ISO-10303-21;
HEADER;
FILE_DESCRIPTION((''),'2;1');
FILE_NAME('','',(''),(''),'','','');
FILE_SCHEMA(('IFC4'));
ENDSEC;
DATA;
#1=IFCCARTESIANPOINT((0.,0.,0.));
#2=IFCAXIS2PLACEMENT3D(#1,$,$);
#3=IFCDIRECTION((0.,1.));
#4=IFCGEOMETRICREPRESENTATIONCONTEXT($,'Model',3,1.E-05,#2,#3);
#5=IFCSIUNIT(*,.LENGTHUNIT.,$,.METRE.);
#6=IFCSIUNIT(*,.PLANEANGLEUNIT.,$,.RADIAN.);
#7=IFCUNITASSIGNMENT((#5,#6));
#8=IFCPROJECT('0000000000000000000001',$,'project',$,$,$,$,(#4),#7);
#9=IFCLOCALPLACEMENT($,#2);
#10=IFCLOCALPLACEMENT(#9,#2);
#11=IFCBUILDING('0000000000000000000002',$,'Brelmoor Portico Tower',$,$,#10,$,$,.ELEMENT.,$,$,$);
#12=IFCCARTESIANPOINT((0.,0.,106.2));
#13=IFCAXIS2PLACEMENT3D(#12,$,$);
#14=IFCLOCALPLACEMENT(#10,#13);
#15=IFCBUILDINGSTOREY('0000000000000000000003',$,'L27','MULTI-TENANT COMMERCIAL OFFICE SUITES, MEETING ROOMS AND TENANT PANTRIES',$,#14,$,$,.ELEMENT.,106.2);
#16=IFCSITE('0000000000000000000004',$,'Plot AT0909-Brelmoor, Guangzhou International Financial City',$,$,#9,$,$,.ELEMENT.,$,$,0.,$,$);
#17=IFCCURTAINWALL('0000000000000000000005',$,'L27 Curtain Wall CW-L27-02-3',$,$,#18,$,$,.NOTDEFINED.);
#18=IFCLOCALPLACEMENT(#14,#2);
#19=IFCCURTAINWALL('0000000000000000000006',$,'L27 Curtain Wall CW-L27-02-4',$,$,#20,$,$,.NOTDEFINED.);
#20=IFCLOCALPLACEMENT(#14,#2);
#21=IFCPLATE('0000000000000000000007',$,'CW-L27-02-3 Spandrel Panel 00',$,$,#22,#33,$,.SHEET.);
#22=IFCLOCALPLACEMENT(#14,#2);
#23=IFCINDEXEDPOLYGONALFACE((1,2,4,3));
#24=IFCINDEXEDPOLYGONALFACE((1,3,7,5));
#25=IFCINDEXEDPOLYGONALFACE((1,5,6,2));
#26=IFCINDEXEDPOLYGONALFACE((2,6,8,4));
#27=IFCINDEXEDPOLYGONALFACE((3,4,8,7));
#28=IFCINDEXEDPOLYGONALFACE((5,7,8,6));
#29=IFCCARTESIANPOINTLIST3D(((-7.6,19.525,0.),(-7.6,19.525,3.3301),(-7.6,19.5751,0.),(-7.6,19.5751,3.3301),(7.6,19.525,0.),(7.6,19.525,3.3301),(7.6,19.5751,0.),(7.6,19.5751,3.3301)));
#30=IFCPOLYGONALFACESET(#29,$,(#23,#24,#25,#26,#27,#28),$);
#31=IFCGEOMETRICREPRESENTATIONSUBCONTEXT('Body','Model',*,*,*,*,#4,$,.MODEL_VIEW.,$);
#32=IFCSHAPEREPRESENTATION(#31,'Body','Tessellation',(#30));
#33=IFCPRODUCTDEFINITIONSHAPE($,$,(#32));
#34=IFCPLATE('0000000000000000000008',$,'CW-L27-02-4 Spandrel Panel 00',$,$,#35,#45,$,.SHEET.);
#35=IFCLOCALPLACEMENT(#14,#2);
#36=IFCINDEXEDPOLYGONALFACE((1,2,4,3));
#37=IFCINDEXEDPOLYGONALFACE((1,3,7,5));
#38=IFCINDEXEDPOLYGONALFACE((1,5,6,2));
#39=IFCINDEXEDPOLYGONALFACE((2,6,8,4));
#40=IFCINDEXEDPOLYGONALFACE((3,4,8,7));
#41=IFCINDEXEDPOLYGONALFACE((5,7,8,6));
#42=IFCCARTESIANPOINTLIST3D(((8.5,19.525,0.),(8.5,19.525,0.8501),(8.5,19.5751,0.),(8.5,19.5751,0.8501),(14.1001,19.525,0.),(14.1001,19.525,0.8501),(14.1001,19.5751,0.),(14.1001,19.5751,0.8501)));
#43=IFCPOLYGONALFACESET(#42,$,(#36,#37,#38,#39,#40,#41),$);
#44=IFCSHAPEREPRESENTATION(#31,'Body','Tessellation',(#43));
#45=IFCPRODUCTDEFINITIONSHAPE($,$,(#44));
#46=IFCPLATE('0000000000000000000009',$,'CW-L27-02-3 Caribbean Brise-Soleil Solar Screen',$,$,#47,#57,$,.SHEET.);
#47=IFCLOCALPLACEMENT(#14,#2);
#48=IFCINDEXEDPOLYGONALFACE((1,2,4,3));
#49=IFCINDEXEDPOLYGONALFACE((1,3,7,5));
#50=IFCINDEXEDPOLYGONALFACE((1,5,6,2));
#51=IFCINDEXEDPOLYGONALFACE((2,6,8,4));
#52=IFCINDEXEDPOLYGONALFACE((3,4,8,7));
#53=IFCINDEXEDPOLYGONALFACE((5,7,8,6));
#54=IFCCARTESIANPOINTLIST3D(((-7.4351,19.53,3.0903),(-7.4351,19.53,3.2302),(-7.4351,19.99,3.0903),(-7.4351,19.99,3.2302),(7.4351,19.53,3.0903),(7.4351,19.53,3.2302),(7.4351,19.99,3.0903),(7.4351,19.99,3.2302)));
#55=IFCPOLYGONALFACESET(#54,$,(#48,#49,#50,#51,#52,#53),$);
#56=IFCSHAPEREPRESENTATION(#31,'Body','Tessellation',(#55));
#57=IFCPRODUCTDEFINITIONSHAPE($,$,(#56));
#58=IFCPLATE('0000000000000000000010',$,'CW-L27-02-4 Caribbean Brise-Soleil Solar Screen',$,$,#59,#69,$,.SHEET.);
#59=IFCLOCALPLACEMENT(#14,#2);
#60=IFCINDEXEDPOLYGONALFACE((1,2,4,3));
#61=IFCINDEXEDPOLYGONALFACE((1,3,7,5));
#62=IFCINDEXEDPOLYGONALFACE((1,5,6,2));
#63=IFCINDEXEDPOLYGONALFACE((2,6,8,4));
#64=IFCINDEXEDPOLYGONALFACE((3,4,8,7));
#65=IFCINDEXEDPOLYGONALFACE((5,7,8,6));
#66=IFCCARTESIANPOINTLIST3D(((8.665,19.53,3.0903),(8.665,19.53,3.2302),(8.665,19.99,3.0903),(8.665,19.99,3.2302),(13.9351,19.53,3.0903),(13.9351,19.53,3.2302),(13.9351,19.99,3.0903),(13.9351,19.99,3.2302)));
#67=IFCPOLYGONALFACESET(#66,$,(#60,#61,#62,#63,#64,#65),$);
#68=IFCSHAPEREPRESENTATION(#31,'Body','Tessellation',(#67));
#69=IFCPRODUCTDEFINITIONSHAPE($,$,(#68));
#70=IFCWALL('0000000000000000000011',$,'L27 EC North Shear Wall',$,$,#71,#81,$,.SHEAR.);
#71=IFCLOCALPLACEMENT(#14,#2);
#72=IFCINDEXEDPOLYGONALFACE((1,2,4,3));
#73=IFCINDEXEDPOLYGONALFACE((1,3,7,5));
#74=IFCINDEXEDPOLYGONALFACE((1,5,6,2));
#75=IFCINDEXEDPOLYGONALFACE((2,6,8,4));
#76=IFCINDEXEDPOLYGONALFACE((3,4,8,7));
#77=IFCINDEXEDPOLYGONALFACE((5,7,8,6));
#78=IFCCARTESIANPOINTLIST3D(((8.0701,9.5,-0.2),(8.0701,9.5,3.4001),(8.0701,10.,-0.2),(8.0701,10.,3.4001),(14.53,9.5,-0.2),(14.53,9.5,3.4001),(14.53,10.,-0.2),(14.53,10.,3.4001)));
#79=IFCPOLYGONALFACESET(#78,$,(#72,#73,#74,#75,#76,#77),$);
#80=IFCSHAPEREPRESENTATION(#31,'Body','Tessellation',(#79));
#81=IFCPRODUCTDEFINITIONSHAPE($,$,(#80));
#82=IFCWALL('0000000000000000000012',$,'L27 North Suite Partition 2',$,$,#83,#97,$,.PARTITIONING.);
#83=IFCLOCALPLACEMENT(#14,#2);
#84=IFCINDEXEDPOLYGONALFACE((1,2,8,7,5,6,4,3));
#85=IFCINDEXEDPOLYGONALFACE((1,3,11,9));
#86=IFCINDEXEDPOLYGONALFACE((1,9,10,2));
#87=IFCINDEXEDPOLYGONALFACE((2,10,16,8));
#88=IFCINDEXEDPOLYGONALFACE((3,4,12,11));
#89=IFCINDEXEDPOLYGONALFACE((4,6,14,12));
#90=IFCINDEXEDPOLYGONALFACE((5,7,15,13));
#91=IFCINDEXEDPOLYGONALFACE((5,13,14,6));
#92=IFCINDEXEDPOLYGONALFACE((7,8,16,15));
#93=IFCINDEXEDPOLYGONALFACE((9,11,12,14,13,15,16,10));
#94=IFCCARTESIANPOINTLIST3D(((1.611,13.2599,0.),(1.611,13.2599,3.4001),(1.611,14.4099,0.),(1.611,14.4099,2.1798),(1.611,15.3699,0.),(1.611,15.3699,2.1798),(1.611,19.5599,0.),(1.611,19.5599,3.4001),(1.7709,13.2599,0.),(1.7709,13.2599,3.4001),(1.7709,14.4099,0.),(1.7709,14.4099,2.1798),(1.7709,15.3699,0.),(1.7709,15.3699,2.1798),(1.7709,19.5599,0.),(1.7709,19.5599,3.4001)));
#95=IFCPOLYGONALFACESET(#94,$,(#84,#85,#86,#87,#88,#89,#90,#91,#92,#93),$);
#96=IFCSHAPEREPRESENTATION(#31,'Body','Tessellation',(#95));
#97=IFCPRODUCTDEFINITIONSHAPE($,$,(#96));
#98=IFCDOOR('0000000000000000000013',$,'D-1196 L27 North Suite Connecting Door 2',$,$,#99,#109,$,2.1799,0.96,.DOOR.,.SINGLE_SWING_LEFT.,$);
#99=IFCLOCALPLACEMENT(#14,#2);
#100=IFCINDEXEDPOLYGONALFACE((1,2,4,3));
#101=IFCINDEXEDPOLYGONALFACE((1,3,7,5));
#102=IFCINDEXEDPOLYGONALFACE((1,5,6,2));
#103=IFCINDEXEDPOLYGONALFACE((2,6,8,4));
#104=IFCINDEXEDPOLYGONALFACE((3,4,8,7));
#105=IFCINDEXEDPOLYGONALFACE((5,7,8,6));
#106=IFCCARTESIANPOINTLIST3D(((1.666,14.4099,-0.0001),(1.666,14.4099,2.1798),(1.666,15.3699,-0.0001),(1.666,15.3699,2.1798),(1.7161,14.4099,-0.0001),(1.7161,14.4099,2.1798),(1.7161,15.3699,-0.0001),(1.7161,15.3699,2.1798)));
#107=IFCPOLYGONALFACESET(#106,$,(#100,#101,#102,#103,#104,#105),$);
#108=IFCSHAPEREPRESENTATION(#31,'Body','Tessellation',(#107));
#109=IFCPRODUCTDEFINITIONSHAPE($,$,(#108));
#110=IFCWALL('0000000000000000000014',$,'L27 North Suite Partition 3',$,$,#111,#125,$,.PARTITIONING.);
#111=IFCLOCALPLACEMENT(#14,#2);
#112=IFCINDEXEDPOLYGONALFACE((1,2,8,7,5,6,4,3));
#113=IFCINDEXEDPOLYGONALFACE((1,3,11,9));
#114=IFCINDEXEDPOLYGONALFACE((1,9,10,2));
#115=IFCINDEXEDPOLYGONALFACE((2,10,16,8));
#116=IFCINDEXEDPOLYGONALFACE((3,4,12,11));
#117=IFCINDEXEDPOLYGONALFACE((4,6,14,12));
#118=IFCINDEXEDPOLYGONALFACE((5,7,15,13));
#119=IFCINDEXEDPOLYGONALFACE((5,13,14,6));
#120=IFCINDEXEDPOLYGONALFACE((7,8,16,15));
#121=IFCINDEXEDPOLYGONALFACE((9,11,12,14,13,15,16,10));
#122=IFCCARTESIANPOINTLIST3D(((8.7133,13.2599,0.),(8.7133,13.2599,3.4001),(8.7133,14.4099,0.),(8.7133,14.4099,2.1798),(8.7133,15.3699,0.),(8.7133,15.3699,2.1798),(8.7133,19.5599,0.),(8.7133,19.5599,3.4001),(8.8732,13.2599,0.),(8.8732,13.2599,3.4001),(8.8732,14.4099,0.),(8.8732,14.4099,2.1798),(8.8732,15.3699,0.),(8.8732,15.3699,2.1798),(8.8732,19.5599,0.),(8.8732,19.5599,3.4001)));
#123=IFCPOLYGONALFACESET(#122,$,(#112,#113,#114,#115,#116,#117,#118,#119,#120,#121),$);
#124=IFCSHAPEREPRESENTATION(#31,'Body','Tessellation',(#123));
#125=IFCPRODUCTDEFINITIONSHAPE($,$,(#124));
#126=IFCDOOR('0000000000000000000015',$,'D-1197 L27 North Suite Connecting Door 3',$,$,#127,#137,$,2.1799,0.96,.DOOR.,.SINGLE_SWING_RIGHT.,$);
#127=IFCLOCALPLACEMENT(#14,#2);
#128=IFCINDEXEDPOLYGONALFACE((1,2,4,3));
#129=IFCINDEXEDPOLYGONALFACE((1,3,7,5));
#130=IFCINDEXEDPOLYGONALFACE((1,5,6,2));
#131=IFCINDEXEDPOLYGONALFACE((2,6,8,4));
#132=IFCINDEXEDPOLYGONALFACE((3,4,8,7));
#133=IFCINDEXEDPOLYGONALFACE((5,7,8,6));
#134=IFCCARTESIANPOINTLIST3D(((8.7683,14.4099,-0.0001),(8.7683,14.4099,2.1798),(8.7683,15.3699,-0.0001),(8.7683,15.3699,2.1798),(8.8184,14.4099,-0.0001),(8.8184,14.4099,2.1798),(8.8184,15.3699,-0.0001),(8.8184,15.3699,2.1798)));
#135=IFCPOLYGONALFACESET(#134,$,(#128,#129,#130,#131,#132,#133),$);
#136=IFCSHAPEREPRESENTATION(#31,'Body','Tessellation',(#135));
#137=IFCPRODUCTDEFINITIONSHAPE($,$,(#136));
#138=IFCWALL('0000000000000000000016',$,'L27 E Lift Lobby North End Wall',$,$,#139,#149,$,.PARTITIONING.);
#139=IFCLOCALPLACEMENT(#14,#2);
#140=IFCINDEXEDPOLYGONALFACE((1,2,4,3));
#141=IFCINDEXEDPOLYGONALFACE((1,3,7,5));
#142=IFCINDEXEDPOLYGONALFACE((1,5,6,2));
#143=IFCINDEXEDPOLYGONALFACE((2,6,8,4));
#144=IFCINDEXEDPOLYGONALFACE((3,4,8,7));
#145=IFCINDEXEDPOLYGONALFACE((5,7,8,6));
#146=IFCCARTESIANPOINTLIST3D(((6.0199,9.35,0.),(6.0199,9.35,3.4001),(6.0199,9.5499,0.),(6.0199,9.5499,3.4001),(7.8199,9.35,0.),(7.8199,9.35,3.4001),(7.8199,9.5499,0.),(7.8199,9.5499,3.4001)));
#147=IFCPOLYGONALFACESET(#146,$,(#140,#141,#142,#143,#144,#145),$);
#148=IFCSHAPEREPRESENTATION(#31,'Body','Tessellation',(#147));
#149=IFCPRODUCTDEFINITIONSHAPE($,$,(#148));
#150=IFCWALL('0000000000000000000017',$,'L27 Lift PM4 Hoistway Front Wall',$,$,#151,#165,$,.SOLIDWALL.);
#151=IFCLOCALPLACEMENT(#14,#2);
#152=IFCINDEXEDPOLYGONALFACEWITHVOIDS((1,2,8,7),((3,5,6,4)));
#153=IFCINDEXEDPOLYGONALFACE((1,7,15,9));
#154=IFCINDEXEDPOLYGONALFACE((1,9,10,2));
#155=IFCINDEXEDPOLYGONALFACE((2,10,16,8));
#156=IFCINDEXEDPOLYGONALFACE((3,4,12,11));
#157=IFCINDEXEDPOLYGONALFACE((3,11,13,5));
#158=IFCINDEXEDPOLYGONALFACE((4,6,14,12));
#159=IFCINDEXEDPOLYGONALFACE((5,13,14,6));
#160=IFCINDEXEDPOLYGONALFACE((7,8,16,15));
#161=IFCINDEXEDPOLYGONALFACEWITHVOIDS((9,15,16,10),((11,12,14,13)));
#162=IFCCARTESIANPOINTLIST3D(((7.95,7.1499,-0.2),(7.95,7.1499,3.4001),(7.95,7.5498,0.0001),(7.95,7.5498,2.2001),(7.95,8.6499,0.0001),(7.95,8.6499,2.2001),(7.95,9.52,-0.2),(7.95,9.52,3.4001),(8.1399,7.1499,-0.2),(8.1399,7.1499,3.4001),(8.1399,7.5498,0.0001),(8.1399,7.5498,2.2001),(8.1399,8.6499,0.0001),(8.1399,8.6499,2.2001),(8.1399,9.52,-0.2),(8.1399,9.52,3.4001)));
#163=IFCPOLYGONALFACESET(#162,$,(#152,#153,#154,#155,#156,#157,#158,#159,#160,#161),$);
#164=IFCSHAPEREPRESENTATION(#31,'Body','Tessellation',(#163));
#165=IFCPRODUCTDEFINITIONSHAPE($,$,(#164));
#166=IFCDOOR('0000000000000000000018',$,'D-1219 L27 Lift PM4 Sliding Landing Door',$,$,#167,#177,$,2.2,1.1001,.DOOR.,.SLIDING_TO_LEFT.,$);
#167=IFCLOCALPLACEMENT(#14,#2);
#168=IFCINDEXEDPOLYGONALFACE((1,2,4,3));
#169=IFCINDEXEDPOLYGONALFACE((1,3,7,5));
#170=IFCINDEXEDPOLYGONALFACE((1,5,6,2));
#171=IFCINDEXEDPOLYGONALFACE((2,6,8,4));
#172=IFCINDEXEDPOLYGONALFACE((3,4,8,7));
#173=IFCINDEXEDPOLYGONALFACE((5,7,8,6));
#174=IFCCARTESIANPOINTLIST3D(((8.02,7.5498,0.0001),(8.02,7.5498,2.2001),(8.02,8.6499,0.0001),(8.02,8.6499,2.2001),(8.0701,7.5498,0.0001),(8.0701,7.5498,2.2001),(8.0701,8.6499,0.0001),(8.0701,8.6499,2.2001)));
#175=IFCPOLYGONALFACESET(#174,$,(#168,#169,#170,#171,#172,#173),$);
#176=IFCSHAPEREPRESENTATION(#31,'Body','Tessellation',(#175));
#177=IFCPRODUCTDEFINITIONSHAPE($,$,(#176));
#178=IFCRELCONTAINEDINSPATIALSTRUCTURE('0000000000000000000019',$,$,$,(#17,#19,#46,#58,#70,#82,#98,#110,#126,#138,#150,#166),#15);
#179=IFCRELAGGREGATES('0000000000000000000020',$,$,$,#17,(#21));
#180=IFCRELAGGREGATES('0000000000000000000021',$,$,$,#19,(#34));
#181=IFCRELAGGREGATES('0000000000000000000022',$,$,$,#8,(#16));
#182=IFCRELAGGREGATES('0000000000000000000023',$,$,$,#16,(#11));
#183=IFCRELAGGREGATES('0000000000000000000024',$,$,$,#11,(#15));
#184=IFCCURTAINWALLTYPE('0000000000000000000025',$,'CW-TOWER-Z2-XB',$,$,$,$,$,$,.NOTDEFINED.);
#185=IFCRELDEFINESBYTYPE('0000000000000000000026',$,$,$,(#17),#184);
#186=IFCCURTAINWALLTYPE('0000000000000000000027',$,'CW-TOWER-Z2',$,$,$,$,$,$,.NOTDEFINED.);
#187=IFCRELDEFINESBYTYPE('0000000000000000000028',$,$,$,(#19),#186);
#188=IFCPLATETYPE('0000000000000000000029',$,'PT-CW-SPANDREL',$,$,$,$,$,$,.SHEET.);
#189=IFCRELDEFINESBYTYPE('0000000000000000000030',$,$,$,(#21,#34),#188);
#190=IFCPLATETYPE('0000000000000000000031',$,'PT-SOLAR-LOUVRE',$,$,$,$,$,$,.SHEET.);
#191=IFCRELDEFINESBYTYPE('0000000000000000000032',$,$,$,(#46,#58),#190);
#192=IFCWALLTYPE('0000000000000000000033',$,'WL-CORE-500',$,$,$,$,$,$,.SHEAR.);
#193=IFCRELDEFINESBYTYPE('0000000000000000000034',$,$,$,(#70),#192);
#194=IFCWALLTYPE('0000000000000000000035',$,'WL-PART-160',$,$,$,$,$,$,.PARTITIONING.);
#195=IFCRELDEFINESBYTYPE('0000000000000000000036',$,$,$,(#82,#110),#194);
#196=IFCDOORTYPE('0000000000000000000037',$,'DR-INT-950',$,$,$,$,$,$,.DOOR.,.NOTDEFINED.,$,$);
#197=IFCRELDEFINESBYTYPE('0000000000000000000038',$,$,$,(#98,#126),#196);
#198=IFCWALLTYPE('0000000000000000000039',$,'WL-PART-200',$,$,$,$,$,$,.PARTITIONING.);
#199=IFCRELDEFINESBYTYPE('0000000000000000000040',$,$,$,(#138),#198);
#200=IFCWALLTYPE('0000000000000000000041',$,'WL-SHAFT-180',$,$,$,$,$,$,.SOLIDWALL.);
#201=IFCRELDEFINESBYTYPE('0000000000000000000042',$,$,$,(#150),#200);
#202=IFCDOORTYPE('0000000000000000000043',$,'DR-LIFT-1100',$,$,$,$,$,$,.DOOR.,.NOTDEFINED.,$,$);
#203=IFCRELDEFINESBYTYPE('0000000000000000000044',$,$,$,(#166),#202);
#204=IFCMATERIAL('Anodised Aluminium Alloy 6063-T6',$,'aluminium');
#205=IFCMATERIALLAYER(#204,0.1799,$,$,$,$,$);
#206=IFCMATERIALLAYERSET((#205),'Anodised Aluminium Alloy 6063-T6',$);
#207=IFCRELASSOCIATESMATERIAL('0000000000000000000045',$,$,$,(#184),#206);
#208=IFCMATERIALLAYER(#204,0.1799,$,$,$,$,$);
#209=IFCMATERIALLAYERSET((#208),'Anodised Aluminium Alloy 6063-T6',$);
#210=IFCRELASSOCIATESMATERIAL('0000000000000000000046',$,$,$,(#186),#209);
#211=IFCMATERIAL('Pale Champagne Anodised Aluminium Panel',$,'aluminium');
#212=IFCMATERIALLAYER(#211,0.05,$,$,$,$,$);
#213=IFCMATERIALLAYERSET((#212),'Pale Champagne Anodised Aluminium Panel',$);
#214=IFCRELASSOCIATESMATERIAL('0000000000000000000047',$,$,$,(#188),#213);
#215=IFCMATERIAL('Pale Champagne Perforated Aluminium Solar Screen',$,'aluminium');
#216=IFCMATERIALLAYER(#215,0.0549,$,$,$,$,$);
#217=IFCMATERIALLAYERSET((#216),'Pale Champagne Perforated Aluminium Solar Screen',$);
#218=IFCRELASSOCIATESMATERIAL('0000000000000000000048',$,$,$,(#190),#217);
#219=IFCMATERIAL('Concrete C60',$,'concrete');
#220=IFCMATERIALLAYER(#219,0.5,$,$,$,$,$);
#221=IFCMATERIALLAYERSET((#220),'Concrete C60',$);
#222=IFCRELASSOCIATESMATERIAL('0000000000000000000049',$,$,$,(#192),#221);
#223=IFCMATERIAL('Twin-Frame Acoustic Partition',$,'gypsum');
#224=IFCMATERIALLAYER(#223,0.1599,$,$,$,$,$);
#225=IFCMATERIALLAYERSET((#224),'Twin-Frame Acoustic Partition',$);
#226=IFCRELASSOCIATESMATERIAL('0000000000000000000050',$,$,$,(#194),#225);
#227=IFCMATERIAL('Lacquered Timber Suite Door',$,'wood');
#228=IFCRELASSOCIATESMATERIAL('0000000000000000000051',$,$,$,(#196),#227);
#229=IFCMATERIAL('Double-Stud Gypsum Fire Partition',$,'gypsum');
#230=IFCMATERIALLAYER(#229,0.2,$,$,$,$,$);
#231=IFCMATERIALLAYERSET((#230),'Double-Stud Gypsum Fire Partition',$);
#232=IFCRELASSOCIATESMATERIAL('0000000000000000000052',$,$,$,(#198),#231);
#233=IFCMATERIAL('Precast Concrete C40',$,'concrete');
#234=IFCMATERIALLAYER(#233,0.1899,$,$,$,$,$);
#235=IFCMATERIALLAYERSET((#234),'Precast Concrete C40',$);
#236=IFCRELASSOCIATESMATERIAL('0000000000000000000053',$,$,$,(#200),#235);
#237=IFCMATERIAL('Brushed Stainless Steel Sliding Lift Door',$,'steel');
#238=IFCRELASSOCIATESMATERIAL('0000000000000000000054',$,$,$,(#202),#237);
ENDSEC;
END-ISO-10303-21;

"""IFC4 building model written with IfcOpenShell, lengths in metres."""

from ifc_helpers import new_model, si_unit, direction, frame, frame_2d, origin, origin_2d, place, context, subcontext, project, spatial, rectangle, extrude, material, layer, layer_set, type_object, element, fill, aggregate, save


model = new_model("IFC4")

# Units and contexts
model_context = context("Model", 3, precision=1e-05, world=origin(), true_north=direction((0.0, 1.0)))
body_context = subcontext(model_context, "Body", "Model", "MODEL_VIEW")
ifc_project = project(units=[si_unit("LENGTHUNIT", "METRE"), si_unit("PLANEANGLEUNIT", "RADIAN")], contexts=[model_context])

# Site, building, storey
site_placement = place(None, origin())
site = spatial("IfcSite", under=ifc_project, at=site_placement, Name="Plot AT0909-Brelmoor, Guangzhou International Financial City", CompositionType="ELEMENT", RefElevation=0.0)
building_placement = place(site_placement, origin())
building = spatial("IfcBuilding", under=site, at=building_placement, Name="Brelmoor Portico Tower", CompositionType="ELEMENT")
storey_placement = place(building_placement, frame((0.0, 0.0, 106.2)))
storey = spatial("IfcBuildingStorey", under=building, at=storey_placement, Name="L27", Description="MULTI-TENANT COMMERCIAL OFFICE SUITES, MEETING ROOMS AND TENANT PANTRIES", CompositionType="ELEMENT", Elevation=106.2)

# Curtain wall
ifc_material_1 = material(Name="Anodised Aluminium Alloy 6063-T6", Category="aluminium")
ifc_layer_1 = layer(ifc_material_1, 0.1799)
ifc_layer_set_1 = layer_set([ifc_layer_1], Name="Anodised Aluminium Alloy 6063-T6")
curtain_wall_type_1 = type_object("IfcCurtainWallType", Name="CW-TOWER-Z2-XB", PredefinedType="NOTDEFINED", material=ifc_layer_set_1)
curtain_wall_1_placement = place(storey_placement, origin())
curtain_wall_1 = element("IfcCurtainWall", 1, at=curtain_wall_1_placement, inside=storey, type_object=curtain_wall_type_1, Name="L27 Curtain Wall CW-L27-02-3", PredefinedType="NOTDEFINED")

# Curtain wall
ifc_layer_2 = layer(ifc_material_1, 0.1799)
ifc_layer_set_2 = layer_set([ifc_layer_2], Name="Anodised Aluminium Alloy 6063-T6")
curtain_wall_type_2 = type_object("IfcCurtainWallType", Name="CW-TOWER-Z2", PredefinedType="NOTDEFINED", material=ifc_layer_set_2)
curtain_wall_2_placement = place(storey_placement, origin())
curtain_wall_2 = element("IfcCurtainWall", 2, at=curtain_wall_2_placement, inside=storey, type_object=curtain_wall_type_2, Name="L27 Curtain Wall CW-L27-02-4", PredefinedType="NOTDEFINED")

# Plates
ifc_material_2 = material(Name="Pale Champagne Anodised Aluminium Panel", Category="aluminium")
ifc_layer_3 = layer(ifc_material_2, 0.05)
ifc_layer_set_3 = layer_set([ifc_layer_3], Name="Pale Champagne Anodised Aluminium Panel")
plate_type_1 = type_object("IfcPlateType", Name="PT-CW-SPANDREL", PredefinedType="SHEET", material=ifc_layer_set_3)
plate_1_placement = place(storey_placement, frame((0.0, 19.55, 0.0), z_axis=(0.0, 0.0, 1.0), x_axis=(1.0, 0.0, 0.0)))
plate_1 = element("IfcPlate", 3, at=plate_1_placement, type_object=plate_type_1, Name="CW-L27-02-3 Spandrel Panel 00", PredefinedType="SHEET", context=body_context, shape_type="SweptSolid", body=[
    extrude(rectangle(XDim=15.2, YDim=0.05, at=origin_2d()), origin(), (0.0, 0.0, 1.0), 3.3301),
])
aggregate(curtain_wall_1, [plate_1])
plate_2_placement = place(storey_placement, frame((11.3, 19.55, 0.0), z_axis=(0.0, 0.0, 1.0), x_axis=(1.0, 0.0, 0.0)))
plate_2 = element("IfcPlate", 4, at=plate_2_placement, type_object=plate_type_1, Name="CW-L27-02-4 Spandrel Panel 00", PredefinedType="SHEET", context=body_context, shape_type="SweptSolid", body=[
    extrude(rectangle(XDim=5.6001, YDim=0.05, at=origin_2d()), origin(), (0.0, 0.0, 1.0), 0.8501),
])
aggregate(curtain_wall_2, [plate_2])

# Plates
ifc_material_3 = material(Name="Pale Champagne Perforated Aluminium Solar Screen", Category="aluminium")
ifc_layer_4 = layer(ifc_material_3, 0.0549)
ifc_layer_set_4 = layer_set([ifc_layer_4], Name="Pale Champagne Perforated Aluminium Solar Screen")
plate_type_2 = type_object("IfcPlateType", Name="PT-SOLAR-LOUVRE", PredefinedType="SHEET", material=ifc_layer_set_4)
plate_3_placement = place(storey_placement, frame((0.0, 19.76, 3.0903), z_axis=(0.0, 0.0, 1.0), x_axis=(1.0, 0.0, 0.0)))
element("IfcPlate", 5, at=plate_3_placement, inside=storey, type_object=plate_type_2, Name="CW-L27-02-3 Caribbean Brise-Soleil Solar Screen", PredefinedType="SHEET", context=body_context, shape_type="SweptSolid", body=[
    extrude(rectangle(XDim=14.8701, YDim=0.46, at=origin_2d()), origin(), (0.0, 0.0, 1.0), 0.1399),
])
plate_4_placement = place(storey_placement, frame((11.3, 19.76, 3.0903), z_axis=(0.0, 0.0, 1.0), x_axis=(1.0, 0.0, 0.0)))
element("IfcPlate", 6, at=plate_4_placement, inside=storey, type_object=plate_type_2, Name="CW-L27-02-4 Caribbean Brise-Soleil Solar Screen", PredefinedType="SHEET", context=body_context, shape_type="SweptSolid", body=[
    extrude(rectangle(XDim=5.27, YDim=0.46, at=origin_2d()), origin(), (0.0, 0.0, 1.0), 0.1399),
])

# Wall
ifc_material_4 = material(Name="Concrete C60", Category="concrete")
ifc_layer_5 = layer(ifc_material_4, 0.5)
ifc_layer_set_5 = layer_set([ifc_layer_5], Name="Concrete C60")
wall_type_1 = type_object("IfcWallType", Name="WL-CORE-500", PredefinedType="SHEAR", material=ifc_layer_set_5)
wall_1_placement = place(storey_placement, frame((8.0701, 9.75, -0.2), z_axis=(0.0, 0.0, 1.0), x_axis=(1.0, 0.0, 0.0)))
element("IfcWall", 7, at=wall_1_placement, inside=storey, type_object=wall_type_1, Name="L27 EC North Shear Wall", PredefinedType="SHEAR", context=body_context, shape_type="SweptSolid", body=[
    extrude(rectangle(XDim=6.46, YDim=0.5, at=frame_2d((3.23, 0.0))), origin(), (0.0, 0.0, 1.0), 3.6001),
])

# Walls, openings, doors
ifc_material_5 = material(Name="Twin-Frame Acoustic Partition", Category="gypsum")
ifc_layer_6 = layer(ifc_material_5, 0.1599)
ifc_layer_set_6 = layer_set([ifc_layer_6], Name="Twin-Frame Acoustic Partition")
wall_type_2 = type_object("IfcWallType", Name="WL-PART-160", PredefinedType="PARTITIONING", material=ifc_layer_set_6)
wall_2_placement = place(storey_placement, frame((1.6909, 13.26, 0.0), z_axis=(0.0, 0.0, 1.0), x_axis=(0.0, 1.0, 0.0)))
wall_2 = element("IfcWall", 8, at=wall_2_placement, inside=storey, type_object=wall_type_2, Name="L27 North Suite Partition 2", PredefinedType="PARTITIONING", context=body_context, shape_type="SweptSolid", body=[
    extrude(rectangle(XDim=6.3, YDim=0.1599, at=frame_2d((3.1499, 0.0))), origin(), (0.0, 0.0, 1.0), 3.4001),
])
opening_1_placement = place(wall_2_placement, frame((1.1499, 0.0, 0.0)))
opening_1 = element("IfcOpeningElement", 9, at=opening_1_placement, cuts=wall_2, PredefinedType="OPENING", context=body_context, shape_type="SweptSolid", body=[
    extrude(rectangle(XDim=0.96, YDim=2.1799, at=frame_2d((0.48, 1.0898))), frame((0.0, 0.0898, 0.0), z_axis=(0.0, -1.0, 0.0), x_axis=(1.0, 0.0, 0.0)), (0.0, 0.0, 1.0), 0.1799),
])
ifc_material_6 = material(Name="Lacquered Timber Suite Door", Category="wood")
door_type_1 = type_object("IfcDoorType", Name="DR-INT-950", OperationType="NOTDEFINED", PredefinedType="DOOR", material=ifc_material_6)
door_1_placement = place(opening_1_placement, origin())
door_1 = element("IfcDoor", 10, at=door_1_placement, inside=storey, type_object=door_type_1, Name="D-1196 L27 North Suite Connecting Door 2", OperationType="SINGLE_SWING_LEFT", OverallHeight=2.1799, OverallWidth=0.96, PredefinedType="DOOR", context=body_context, shape_type="SweptSolid", body=[
    extrude(rectangle(XDim=0.96, YDim=2.1799, at=frame_2d((0.48, 1.0898))), frame((0.0, 0.0249, 0.0), z_axis=(0.0, -1.0, 0.0), x_axis=(1.0, 0.0, 0.0)), (0.0, 0.0, 1.0), 0.05),
])
fill(opening_1, door_1)
wall_3_placement = place(storey_placement, frame((8.7932, 13.26, 0.0), z_axis=(0.0, 0.0, 1.0), x_axis=(0.0, 1.0, 0.0)))
wall_3 = element("IfcWall", 11, at=wall_3_placement, inside=storey, type_object=wall_type_2, Name="L27 North Suite Partition 3", PredefinedType="PARTITIONING", context=body_context, shape_type="SweptSolid", body=[
    extrude(rectangle(XDim=6.3, YDim=0.1599, at=frame_2d((3.1499, 0.0))), origin(), (0.0, 0.0, 1.0), 3.4001),
])
opening_2_placement = place(wall_3_placement, frame((1.1499, 0.0, 0.0)))
opening_2 = element("IfcOpeningElement", 12, at=opening_2_placement, cuts=wall_3, PredefinedType="OPENING", context=body_context, shape_type="SweptSolid", body=[
    extrude(rectangle(XDim=0.96, YDim=2.1799, at=frame_2d((0.48, 1.0898))), frame((0.0, 0.0898, 0.0), z_axis=(0.0, -1.0, 0.0), x_axis=(1.0, 0.0, 0.0)), (0.0, 0.0, 1.0), 0.1799),
])
door_2_placement = place(opening_2_placement, origin())
door_2 = element("IfcDoor", 13, at=door_2_placement, inside=storey, type_object=door_type_1, Name="D-1197 L27 North Suite Connecting Door 3", OperationType="SINGLE_SWING_RIGHT", OverallHeight=2.1799, OverallWidth=0.96, PredefinedType="DOOR", context=body_context, shape_type="SweptSolid", body=[
    extrude(rectangle(XDim=0.96, YDim=2.1799, at=frame_2d((0.48, 1.0898))), frame((0.0, 0.0249, 0.0), z_axis=(0.0, -1.0, 0.0), x_axis=(1.0, 0.0, 0.0)), (0.0, 0.0, 1.0), 0.05),
])
fill(opening_2, door_2)

# Wall
ifc_material_7 = material(Name="Double-Stud Gypsum Fire Partition", Category="gypsum")
ifc_layer_7 = layer(ifc_material_7, 0.2)
ifc_layer_set_7 = layer_set([ifc_layer_7], Name="Double-Stud Gypsum Fire Partition")
wall_type_3 = type_object("IfcWallType", Name="WL-PART-200", PredefinedType="PARTITIONING", material=ifc_layer_set_7)
wall_4_placement = place(storey_placement, frame((6.02, 9.45, 0.0), z_axis=(0.0, 0.0, 1.0), x_axis=(1.0, 0.0, 0.0)))
element("IfcWall", 14, at=wall_4_placement, inside=storey, type_object=wall_type_3, Name="L27 E Lift Lobby North End Wall", PredefinedType="PARTITIONING", context=body_context, shape_type="SweptSolid", body=[
    extrude(rectangle(XDim=1.8, YDim=0.2, at=frame_2d((0.8999, 0.0))), origin(), (0.0, 0.0, 1.0), 3.4001),
])

# Wall, opening, door
ifc_material_8 = material(Name="Precast Concrete C40", Category="concrete")
ifc_layer_8 = layer(ifc_material_8, 0.1899)
ifc_layer_set_8 = layer_set([ifc_layer_8], Name="Precast Concrete C40")
wall_type_4 = type_object("IfcWallType", Name="WL-SHAFT-180", PredefinedType="SOLIDWALL", material=ifc_layer_set_8)
wall_5_placement = place(storey_placement, frame((8.0449, 7.1499, -0.2), z_axis=(0.0, 0.0, 1.0), x_axis=(0.0, 1.0, 0.0)))
wall_5 = element("IfcWall", 15, at=wall_5_placement, inside=storey, type_object=wall_type_4, Name="L27 Lift PM4 Hoistway Front Wall", PredefinedType="SOLIDWALL", context=body_context, shape_type="SweptSolid", body=[
    extrude(rectangle(XDim=2.3701, YDim=0.1899, at=frame_2d((1.1851, 0.0))), origin(), (0.0, 0.0, 1.0), 3.6001),
])
opening_3_placement = place(wall_5_placement, frame((0.3999, 0.0, 0.2)))
opening_3 = element("IfcOpeningElement", 16, at=opening_3_placement, cuts=wall_5, PredefinedType="OPENING", context=body_context, shape_type="SweptSolid", body=[
    extrude(rectangle(XDim=1.1001, YDim=2.2, at=frame_2d((0.55, 1.1001))), frame((0.0, 0.105, 0.0), z_axis=(0.0, -1.0, 0.0), x_axis=(1.0, 0.0, 0.0)), (0.0, 0.0, 1.0), 0.21),
])
ifc_material_9 = material(Name="Brushed Stainless Steel Sliding Lift Door", Category="steel")
door_type_2 = type_object("IfcDoorType", Name="DR-LIFT-1100", OperationType="NOTDEFINED", PredefinedType="DOOR", material=ifc_material_9)
door_3_placement = place(opening_3_placement, origin())
door_3 = element("IfcDoor", 17, at=door_3_placement, inside=storey, type_object=door_type_2, Name="D-1219 L27 Lift PM4 Sliding Landing Door", OperationType="SLIDING_TO_LEFT", OverallHeight=2.2, OverallWidth=1.1001, PredefinedType="DOOR", context=body_context, shape_type="SweptSolid", body=[
    extrude(rectangle(XDim=1.1001, YDim=2.2, at=frame_2d((0.55, 1.1001))), frame((0.0, 0.0249, 0.0), z_axis=(0.0, -1.0, 0.0), x_axis=(1.0, 0.0, 0.0)), (0.0, 0.0, 1.0), 0.05),
])
fill(opening_3, door_3)

save(model, "model.ifc")
